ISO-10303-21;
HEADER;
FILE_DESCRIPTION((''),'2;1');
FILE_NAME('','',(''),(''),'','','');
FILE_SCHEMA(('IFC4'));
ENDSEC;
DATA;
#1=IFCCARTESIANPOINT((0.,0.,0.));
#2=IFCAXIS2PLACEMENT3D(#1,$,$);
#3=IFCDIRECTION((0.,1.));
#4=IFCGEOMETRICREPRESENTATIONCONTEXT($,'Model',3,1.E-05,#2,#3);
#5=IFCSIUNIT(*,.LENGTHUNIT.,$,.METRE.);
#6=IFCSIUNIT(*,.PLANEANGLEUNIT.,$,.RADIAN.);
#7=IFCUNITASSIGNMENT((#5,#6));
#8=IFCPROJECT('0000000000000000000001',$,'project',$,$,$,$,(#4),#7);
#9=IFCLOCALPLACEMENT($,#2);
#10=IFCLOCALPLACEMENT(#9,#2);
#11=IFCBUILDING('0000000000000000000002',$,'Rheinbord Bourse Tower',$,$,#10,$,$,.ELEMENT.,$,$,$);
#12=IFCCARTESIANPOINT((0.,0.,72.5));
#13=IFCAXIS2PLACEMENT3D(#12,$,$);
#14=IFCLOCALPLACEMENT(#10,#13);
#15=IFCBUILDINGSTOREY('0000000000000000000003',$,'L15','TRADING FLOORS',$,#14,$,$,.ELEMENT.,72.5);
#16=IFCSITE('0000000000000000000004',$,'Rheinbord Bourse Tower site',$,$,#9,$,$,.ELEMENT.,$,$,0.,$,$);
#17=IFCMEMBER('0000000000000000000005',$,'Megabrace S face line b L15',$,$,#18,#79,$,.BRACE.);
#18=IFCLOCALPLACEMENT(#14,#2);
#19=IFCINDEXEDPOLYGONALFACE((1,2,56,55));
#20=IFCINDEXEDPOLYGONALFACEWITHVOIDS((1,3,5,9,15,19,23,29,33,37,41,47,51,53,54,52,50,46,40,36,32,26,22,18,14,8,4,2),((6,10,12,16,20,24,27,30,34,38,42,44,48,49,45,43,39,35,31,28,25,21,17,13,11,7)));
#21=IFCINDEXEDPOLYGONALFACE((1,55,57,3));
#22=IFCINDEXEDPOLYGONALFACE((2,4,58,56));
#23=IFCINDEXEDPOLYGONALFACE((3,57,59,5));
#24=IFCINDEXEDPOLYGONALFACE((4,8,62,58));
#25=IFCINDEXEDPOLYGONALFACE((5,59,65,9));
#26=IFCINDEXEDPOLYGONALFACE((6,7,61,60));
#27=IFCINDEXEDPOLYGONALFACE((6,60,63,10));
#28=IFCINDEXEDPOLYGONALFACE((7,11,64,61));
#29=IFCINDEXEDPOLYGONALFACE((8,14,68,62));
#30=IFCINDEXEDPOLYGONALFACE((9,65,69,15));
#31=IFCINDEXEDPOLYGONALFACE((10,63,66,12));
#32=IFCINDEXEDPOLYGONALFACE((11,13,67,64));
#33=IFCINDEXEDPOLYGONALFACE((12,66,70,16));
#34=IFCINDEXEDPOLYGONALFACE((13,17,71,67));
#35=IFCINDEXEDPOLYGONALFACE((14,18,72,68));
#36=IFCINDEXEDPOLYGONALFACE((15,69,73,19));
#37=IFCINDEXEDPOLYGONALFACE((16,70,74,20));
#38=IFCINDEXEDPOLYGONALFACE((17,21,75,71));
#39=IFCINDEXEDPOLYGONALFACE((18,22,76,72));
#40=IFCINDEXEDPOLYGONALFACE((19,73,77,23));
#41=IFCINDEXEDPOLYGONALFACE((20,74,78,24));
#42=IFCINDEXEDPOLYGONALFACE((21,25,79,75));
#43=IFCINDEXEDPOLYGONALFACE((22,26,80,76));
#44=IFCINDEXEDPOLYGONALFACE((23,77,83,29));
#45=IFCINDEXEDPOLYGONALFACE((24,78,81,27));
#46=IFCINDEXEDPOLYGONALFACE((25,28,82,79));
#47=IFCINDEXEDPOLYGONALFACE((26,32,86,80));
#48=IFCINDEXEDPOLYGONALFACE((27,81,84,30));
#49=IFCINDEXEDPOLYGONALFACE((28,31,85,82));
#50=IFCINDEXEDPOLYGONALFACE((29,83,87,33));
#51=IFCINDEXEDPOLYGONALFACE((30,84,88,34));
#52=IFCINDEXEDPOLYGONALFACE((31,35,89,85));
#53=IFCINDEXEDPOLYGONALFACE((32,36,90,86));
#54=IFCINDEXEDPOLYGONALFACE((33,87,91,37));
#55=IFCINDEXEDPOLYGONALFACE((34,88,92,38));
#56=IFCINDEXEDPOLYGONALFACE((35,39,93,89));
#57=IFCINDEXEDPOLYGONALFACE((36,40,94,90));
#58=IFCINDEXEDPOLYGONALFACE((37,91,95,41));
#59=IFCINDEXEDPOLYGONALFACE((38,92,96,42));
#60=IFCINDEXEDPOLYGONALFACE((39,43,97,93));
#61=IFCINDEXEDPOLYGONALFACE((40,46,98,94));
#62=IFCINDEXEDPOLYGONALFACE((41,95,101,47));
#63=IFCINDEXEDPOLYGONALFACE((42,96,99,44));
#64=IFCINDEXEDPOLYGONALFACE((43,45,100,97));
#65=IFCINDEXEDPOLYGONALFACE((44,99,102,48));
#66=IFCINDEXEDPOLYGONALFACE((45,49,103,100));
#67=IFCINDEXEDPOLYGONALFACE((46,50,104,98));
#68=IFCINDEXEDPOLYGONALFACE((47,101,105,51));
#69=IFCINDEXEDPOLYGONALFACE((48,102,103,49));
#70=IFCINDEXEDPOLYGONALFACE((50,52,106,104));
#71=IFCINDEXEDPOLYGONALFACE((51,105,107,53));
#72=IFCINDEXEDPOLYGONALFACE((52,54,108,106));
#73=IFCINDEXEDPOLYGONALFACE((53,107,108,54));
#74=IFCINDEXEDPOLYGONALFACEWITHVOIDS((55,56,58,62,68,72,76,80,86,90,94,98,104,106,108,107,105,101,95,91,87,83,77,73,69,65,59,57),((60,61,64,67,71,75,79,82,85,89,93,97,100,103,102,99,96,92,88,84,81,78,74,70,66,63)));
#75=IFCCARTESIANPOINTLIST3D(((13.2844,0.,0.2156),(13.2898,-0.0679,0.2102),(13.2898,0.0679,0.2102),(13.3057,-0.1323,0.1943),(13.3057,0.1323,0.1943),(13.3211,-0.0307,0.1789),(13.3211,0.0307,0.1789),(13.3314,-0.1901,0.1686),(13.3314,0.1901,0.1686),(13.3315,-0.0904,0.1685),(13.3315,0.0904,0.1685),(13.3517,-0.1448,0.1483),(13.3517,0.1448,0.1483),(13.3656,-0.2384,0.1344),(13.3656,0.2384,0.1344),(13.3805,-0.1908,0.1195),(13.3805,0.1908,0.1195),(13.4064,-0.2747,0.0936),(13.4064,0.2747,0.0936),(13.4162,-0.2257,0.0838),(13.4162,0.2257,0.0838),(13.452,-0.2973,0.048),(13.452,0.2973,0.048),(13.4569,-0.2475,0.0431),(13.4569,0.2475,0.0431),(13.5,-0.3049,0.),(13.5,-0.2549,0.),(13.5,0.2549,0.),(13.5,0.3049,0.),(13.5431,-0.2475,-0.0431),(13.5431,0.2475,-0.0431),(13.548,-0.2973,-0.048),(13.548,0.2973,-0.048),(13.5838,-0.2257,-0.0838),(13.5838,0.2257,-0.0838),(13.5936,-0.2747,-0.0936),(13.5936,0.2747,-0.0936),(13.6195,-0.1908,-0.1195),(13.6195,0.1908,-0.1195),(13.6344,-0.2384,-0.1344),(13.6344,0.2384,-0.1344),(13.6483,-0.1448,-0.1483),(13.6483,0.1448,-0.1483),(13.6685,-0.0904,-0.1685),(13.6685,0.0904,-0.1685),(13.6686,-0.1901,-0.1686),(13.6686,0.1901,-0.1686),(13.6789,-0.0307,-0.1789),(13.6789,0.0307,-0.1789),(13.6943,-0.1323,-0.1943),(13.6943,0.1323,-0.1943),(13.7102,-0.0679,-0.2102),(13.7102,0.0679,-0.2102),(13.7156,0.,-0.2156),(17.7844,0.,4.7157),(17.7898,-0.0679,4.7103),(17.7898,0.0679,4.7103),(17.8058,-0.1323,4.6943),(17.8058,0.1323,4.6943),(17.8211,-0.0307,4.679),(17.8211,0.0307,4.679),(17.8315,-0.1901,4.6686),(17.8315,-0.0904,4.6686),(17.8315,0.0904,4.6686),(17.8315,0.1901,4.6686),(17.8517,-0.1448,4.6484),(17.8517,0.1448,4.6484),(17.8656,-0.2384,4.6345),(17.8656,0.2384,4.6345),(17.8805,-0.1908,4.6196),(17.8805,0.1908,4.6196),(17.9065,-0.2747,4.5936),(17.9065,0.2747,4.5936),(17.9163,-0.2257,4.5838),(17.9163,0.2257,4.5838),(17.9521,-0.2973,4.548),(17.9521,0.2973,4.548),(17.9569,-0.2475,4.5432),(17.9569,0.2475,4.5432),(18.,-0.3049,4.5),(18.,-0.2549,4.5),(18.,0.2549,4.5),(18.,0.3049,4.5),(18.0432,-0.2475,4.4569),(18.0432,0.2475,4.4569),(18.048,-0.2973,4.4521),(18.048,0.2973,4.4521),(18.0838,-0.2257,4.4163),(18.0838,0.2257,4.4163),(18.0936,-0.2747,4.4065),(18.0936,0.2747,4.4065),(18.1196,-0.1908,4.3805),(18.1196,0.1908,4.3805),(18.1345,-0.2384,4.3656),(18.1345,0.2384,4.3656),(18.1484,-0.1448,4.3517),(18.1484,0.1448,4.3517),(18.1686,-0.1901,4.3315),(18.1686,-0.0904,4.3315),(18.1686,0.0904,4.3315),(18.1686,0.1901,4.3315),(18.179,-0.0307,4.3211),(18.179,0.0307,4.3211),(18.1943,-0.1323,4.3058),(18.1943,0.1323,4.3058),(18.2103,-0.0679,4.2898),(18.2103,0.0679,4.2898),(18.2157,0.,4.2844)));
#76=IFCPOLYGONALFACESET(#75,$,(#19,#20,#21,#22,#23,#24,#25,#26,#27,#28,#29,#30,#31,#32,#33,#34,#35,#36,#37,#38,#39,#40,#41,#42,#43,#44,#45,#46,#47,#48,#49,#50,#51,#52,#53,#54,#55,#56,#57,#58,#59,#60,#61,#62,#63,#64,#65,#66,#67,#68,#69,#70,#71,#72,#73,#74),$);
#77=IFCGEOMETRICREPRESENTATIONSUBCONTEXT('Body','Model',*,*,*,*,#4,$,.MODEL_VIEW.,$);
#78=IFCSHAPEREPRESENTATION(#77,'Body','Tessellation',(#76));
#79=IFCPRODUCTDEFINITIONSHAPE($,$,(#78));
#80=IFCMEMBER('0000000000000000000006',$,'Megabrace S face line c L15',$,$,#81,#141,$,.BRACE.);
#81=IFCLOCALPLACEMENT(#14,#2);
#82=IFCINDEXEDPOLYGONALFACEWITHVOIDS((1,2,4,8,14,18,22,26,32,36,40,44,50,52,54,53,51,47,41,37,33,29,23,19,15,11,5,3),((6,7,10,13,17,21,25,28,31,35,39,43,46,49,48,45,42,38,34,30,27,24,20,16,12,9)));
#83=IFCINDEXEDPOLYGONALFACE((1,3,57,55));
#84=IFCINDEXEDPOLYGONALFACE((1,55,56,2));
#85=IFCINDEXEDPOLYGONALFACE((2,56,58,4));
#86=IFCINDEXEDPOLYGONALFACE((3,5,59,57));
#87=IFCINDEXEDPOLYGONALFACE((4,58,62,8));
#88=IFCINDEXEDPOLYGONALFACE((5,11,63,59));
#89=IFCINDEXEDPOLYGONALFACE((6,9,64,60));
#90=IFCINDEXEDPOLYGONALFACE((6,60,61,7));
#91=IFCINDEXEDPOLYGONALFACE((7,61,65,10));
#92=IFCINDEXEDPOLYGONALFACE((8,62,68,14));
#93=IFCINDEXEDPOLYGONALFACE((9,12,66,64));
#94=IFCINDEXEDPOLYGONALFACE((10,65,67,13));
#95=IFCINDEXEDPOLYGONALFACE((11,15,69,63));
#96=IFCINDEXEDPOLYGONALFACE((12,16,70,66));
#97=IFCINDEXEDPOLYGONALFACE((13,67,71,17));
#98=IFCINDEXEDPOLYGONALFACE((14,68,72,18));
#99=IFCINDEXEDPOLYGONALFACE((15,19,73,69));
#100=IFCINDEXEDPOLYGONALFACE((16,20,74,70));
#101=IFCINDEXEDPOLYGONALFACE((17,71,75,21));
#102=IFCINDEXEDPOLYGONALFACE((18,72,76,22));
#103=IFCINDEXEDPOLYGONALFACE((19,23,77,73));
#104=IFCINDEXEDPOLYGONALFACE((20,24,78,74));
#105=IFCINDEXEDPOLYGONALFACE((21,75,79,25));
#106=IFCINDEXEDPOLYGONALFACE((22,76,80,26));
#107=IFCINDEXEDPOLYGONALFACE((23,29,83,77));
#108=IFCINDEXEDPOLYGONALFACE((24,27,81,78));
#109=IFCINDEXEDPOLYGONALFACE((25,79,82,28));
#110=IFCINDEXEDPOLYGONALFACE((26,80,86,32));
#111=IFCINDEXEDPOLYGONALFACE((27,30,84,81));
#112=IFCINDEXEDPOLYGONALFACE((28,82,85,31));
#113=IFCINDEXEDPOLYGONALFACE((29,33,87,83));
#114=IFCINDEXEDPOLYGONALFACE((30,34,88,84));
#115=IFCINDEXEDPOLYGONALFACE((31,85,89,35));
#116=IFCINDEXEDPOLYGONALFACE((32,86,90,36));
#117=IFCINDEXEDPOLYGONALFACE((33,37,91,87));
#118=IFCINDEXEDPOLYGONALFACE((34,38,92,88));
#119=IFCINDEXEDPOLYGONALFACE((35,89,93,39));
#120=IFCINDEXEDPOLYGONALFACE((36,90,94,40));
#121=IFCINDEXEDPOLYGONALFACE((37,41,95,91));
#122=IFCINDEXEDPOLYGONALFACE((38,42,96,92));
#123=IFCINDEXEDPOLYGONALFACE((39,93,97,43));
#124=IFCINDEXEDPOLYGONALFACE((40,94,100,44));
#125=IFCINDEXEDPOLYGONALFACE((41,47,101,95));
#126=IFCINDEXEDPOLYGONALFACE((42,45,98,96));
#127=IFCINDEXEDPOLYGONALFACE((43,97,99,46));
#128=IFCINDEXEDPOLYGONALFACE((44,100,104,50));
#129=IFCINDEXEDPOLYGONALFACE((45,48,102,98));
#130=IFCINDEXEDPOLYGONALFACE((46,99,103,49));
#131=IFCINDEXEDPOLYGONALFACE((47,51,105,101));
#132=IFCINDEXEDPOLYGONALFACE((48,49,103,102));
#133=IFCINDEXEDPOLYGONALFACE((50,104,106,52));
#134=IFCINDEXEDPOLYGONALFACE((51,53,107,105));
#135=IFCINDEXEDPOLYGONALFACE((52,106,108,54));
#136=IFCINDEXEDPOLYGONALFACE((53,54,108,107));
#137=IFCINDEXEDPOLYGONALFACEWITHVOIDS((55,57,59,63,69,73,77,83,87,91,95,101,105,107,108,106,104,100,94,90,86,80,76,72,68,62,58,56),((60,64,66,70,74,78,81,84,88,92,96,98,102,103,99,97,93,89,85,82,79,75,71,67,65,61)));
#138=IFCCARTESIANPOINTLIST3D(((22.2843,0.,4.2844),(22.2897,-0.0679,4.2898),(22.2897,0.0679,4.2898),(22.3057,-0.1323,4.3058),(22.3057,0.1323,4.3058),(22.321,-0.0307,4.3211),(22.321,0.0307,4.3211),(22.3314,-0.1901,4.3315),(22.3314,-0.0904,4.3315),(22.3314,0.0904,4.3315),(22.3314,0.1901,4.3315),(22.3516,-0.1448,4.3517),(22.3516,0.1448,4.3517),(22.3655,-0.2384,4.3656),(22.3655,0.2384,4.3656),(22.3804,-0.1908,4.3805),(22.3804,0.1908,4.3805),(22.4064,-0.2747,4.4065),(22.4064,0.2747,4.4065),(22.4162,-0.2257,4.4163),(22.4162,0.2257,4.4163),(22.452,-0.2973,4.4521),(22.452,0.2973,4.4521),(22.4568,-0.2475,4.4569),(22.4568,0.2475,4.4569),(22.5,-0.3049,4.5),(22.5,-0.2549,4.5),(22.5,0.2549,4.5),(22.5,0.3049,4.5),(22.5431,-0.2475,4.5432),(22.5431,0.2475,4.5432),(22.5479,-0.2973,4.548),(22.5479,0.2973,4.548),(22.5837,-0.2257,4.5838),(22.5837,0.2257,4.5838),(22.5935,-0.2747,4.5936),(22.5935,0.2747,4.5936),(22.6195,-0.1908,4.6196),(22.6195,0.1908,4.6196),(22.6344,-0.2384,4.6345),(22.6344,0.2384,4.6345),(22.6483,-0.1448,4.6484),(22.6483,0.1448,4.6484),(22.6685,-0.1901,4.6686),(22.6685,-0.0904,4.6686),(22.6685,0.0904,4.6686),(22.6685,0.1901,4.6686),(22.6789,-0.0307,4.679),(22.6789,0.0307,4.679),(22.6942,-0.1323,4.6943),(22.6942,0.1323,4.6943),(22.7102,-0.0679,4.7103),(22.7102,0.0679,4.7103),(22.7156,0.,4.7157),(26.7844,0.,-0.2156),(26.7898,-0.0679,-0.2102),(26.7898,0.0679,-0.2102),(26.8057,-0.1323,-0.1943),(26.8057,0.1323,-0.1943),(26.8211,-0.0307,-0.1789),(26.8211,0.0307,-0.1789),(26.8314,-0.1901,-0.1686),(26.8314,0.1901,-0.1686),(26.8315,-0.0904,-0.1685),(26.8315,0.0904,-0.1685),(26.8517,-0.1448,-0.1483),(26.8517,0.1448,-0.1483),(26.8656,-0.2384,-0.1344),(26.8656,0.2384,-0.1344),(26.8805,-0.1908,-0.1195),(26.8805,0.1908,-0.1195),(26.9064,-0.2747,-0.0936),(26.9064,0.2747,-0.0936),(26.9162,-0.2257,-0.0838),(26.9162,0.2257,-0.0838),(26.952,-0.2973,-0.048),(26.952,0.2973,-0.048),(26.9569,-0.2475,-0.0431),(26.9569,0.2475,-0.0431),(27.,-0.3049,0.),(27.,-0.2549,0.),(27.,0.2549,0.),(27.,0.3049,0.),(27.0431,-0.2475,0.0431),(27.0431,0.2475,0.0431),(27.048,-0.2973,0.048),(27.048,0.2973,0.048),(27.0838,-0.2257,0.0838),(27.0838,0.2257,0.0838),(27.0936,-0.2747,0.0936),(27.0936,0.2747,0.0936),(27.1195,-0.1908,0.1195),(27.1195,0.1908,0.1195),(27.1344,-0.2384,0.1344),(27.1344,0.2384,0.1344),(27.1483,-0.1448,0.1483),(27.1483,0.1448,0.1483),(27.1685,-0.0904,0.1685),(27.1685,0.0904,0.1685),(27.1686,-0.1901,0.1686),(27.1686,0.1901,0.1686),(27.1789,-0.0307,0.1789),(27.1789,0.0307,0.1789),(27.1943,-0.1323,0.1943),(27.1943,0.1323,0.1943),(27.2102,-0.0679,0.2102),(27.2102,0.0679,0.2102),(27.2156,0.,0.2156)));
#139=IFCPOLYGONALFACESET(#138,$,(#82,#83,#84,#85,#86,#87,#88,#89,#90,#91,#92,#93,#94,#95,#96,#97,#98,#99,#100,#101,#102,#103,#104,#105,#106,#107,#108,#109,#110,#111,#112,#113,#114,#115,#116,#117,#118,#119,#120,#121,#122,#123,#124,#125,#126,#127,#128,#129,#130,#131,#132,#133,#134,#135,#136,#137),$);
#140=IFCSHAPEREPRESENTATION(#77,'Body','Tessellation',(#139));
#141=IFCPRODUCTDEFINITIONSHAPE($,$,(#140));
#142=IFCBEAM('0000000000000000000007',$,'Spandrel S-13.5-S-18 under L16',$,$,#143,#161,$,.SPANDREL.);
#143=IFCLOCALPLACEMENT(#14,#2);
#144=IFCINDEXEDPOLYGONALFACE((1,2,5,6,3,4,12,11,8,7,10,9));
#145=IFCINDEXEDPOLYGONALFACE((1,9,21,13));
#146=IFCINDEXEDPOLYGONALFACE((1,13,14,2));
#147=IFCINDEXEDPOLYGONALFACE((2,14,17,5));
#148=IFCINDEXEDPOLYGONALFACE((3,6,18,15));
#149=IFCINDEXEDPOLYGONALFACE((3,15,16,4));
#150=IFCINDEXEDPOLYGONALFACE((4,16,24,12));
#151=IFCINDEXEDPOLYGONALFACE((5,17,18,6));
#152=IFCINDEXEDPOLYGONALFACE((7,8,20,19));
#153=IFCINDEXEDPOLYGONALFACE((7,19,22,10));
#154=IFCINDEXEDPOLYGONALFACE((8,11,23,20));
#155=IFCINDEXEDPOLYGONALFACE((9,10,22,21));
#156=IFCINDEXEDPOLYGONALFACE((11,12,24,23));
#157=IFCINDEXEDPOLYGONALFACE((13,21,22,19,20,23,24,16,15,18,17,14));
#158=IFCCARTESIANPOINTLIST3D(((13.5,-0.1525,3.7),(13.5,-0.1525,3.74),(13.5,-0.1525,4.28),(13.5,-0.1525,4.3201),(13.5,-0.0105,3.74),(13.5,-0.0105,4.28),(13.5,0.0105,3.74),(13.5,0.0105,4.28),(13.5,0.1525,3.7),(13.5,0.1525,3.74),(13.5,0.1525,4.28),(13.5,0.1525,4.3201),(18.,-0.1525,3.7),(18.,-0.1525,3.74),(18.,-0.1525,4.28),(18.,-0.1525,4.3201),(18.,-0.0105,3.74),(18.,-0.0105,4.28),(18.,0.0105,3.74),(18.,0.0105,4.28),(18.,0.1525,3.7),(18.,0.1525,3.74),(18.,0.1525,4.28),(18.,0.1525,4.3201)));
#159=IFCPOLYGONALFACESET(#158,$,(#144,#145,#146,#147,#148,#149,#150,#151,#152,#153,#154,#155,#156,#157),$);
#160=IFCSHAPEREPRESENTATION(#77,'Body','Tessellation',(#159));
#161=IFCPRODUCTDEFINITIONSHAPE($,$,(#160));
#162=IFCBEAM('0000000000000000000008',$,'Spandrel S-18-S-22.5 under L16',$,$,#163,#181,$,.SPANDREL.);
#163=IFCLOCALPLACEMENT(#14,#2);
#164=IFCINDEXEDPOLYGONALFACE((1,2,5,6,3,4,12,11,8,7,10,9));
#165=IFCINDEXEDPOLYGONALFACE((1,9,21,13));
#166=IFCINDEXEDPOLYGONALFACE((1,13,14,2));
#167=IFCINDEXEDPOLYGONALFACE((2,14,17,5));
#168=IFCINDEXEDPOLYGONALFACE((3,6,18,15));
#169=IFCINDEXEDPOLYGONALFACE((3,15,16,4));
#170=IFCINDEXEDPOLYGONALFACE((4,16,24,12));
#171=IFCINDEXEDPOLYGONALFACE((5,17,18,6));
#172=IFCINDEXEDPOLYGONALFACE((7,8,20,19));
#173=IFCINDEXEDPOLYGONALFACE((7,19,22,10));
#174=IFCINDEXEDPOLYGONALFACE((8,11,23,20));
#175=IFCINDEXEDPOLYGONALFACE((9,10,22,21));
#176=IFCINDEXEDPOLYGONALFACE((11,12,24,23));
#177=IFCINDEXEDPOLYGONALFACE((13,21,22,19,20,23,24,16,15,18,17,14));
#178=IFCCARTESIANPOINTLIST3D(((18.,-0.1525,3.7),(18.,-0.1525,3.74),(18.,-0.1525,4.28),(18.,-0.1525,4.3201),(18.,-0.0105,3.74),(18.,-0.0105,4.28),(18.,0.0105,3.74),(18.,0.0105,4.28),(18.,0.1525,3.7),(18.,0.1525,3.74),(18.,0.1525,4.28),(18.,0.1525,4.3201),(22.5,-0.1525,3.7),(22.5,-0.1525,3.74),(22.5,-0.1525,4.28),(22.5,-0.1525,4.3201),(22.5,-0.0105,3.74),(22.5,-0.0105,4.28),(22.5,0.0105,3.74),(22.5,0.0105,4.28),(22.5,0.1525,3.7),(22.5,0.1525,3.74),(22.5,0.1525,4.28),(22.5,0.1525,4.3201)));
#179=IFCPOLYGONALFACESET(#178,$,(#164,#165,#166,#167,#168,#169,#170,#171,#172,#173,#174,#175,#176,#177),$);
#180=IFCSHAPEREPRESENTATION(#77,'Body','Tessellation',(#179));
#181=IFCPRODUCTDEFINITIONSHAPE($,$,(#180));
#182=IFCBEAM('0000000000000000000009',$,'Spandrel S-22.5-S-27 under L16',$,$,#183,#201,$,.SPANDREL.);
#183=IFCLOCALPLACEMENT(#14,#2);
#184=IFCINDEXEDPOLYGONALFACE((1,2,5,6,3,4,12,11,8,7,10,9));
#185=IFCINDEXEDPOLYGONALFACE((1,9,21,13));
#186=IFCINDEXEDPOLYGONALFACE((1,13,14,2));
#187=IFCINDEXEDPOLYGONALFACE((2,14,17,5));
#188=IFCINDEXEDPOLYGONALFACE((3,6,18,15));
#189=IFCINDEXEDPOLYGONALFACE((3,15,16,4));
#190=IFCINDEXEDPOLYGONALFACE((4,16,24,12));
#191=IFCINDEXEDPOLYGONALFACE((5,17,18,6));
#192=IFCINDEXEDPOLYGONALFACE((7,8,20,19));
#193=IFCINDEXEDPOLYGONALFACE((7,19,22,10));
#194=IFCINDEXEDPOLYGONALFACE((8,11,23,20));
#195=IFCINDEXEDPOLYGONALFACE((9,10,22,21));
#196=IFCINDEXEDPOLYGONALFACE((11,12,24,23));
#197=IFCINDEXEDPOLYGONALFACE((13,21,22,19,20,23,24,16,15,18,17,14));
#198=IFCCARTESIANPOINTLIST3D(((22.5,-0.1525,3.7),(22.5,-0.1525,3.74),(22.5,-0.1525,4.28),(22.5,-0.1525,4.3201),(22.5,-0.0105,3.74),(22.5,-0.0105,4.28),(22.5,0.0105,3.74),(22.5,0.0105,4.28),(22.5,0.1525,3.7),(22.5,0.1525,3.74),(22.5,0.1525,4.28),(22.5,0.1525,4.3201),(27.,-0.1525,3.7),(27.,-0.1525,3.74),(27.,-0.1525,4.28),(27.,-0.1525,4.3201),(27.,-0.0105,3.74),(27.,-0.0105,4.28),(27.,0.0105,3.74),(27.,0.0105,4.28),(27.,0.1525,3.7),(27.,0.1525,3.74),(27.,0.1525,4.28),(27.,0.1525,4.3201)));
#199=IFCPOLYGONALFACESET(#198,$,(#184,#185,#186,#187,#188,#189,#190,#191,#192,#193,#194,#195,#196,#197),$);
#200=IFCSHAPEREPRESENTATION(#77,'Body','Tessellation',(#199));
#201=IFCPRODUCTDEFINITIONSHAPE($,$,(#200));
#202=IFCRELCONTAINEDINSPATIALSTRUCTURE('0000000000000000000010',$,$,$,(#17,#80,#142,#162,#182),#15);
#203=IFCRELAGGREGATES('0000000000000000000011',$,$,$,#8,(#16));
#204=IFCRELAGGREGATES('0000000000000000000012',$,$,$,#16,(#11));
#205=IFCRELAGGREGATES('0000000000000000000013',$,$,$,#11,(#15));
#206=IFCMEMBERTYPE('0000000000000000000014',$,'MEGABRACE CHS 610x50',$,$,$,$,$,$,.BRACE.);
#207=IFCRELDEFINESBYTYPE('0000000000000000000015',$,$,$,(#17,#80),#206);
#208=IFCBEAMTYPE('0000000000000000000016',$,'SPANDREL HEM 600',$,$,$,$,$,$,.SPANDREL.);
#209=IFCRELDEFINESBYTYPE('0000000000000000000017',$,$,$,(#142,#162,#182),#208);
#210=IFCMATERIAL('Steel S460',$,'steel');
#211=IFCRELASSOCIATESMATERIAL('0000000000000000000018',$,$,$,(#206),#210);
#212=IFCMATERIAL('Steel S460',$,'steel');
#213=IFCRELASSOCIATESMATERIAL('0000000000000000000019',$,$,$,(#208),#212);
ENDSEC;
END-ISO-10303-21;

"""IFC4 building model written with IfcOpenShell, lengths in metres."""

from ifc_helpers import new_model, si_unit, direction, frame, origin, origin_2d, place, context, subcontext, project, spatial, hollow_circle, i_section, extrude, material, material_profile, profile_set, type_object, element, save


model = new_model("IFC4")

# Units and contexts
model_context = context("Model", 3, precision=1e-05, world=origin(), true_north=direction((0.0, 1.0)))
body_context = subcontext(model_context, "Body", "Model", "MODEL_VIEW")
ifc_project = project(units=[si_unit("LENGTHUNIT", "METRE"), si_unit("PLANEANGLEUNIT", "RADIAN")], contexts=[model_context])

# Site, building, storey
site_placement = place(None, origin())
site = spatial("IfcSite", under=ifc_project, at=site_placement, Name="Rheinbord Bourse Tower site", CompositionType="ELEMENT", RefElevation=0.0)
building_placement = place(site_placement, origin())
building = spatial("IfcBuilding", under=site, at=building_placement, Name="Rheinbord Bourse Tower", CompositionType="ELEMENT")
storey_placement = place(building_placement, frame((0.0, 0.0, 72.5)))
storey = spatial("IfcBuildingStorey", under=building, at=storey_placement, Name="L15", Description="TRADING FLOORS", CompositionType="ELEMENT", Elevation=72.5)

# Members
ifc_material_1 = material(Name="Steel S460", Category="steel")
ifc_material_profile_1 = material_profile(ifc_material_1, hollow_circle(Radius=0.3049, WallThickness=0.05, at=origin_2d()), Name="CHS 610x50")
ifc_profile_set_1 = profile_set([ifc_material_profile_1], Name="Steel S460")
member_type_1 = type_object("IfcMemberType", Name="MEGABRACE CHS 610x50", PredefinedType="BRACE", material=ifc_profile_set_1)
for number, where, z_axis, x_axis, name in (
    (1, (13.5, 0.0, 0.0), (0.707107, 0.0, 0.707107), (0.0, 1.0, 0.0), "Megabrace S face line b L15"),
    (2, (27.0, 0.0, 0.0), (-0.707107, 0.0, 0.707107), (0.0, -1.0, 0.0), "Megabrace S face line c L15"),
):
    element("IfcMember", number, at=place(storey_placement, frame(where, z_axis=z_axis, x_axis=x_axis)), inside=storey, type_object=member_type_1, Name=name, PredefinedType="BRACE", context=body_context, shape_type="SweptSolid", body=[
        extrude(hollow_circle(Radius=0.3049, WallThickness=0.05, at=origin_2d()), origin(), (0.0, 0.0, 1.0), 6.364),
    ])

# Beams
ifc_material_2 = material(Name="Steel S460", Category="steel")
ifc_material_profile_2 = material_profile(ifc_material_2, i_section(OverallWidth=0.3049, OverallDepth=0.6201, WebThickness=0.021, FlangeThickness=0.04, at=origin_2d()), Name="HEM 600")
ifc_profile_set_2 = profile_set([ifc_material_profile_2], Name="Steel S460")
beam_type_1 = type_object("IfcBeamType", Name="SPANDREL HEM 600", PredefinedType="SPANDREL", material=ifc_profile_set_2)
for number, where, z_axis, x_axis, name in (
    (3, (13.5, 0.0, 4.01), (1.0, 0.0, 0.0), (0.0, 1.0, 0.0), "Spandrel S-13.5-S-18 under L16"),
    (4, (18.0, 0.0, 4.01), (1.0, 0.0, 0.0), (0.0, 1.0, 0.0), "Spandrel S-18-S-22.5 under L16"),
    (5, (22.5, 0.0, 4.01), (1.0, 0.0, 0.0), (0.0, 1.0, 0.0), "Spandrel S-22.5-S-27 under L16"),
):
    element("IfcBeam", number, at=place(storey_placement, frame(where, z_axis=z_axis, x_axis=x_axis)), inside=storey, type_object=beam_type_1, Name=name, PredefinedType="SPANDREL", context=body_context, shape_type="SweptSolid", body=[
        extrude(i_section(OverallWidth=0.3049, OverallDepth=0.6201, WebThickness=0.021, FlangeThickness=0.04, at=origin_2d()), origin(), (0.0, 0.0, 1.0), 4.5),
    ])

save(model, "model.ifc")
